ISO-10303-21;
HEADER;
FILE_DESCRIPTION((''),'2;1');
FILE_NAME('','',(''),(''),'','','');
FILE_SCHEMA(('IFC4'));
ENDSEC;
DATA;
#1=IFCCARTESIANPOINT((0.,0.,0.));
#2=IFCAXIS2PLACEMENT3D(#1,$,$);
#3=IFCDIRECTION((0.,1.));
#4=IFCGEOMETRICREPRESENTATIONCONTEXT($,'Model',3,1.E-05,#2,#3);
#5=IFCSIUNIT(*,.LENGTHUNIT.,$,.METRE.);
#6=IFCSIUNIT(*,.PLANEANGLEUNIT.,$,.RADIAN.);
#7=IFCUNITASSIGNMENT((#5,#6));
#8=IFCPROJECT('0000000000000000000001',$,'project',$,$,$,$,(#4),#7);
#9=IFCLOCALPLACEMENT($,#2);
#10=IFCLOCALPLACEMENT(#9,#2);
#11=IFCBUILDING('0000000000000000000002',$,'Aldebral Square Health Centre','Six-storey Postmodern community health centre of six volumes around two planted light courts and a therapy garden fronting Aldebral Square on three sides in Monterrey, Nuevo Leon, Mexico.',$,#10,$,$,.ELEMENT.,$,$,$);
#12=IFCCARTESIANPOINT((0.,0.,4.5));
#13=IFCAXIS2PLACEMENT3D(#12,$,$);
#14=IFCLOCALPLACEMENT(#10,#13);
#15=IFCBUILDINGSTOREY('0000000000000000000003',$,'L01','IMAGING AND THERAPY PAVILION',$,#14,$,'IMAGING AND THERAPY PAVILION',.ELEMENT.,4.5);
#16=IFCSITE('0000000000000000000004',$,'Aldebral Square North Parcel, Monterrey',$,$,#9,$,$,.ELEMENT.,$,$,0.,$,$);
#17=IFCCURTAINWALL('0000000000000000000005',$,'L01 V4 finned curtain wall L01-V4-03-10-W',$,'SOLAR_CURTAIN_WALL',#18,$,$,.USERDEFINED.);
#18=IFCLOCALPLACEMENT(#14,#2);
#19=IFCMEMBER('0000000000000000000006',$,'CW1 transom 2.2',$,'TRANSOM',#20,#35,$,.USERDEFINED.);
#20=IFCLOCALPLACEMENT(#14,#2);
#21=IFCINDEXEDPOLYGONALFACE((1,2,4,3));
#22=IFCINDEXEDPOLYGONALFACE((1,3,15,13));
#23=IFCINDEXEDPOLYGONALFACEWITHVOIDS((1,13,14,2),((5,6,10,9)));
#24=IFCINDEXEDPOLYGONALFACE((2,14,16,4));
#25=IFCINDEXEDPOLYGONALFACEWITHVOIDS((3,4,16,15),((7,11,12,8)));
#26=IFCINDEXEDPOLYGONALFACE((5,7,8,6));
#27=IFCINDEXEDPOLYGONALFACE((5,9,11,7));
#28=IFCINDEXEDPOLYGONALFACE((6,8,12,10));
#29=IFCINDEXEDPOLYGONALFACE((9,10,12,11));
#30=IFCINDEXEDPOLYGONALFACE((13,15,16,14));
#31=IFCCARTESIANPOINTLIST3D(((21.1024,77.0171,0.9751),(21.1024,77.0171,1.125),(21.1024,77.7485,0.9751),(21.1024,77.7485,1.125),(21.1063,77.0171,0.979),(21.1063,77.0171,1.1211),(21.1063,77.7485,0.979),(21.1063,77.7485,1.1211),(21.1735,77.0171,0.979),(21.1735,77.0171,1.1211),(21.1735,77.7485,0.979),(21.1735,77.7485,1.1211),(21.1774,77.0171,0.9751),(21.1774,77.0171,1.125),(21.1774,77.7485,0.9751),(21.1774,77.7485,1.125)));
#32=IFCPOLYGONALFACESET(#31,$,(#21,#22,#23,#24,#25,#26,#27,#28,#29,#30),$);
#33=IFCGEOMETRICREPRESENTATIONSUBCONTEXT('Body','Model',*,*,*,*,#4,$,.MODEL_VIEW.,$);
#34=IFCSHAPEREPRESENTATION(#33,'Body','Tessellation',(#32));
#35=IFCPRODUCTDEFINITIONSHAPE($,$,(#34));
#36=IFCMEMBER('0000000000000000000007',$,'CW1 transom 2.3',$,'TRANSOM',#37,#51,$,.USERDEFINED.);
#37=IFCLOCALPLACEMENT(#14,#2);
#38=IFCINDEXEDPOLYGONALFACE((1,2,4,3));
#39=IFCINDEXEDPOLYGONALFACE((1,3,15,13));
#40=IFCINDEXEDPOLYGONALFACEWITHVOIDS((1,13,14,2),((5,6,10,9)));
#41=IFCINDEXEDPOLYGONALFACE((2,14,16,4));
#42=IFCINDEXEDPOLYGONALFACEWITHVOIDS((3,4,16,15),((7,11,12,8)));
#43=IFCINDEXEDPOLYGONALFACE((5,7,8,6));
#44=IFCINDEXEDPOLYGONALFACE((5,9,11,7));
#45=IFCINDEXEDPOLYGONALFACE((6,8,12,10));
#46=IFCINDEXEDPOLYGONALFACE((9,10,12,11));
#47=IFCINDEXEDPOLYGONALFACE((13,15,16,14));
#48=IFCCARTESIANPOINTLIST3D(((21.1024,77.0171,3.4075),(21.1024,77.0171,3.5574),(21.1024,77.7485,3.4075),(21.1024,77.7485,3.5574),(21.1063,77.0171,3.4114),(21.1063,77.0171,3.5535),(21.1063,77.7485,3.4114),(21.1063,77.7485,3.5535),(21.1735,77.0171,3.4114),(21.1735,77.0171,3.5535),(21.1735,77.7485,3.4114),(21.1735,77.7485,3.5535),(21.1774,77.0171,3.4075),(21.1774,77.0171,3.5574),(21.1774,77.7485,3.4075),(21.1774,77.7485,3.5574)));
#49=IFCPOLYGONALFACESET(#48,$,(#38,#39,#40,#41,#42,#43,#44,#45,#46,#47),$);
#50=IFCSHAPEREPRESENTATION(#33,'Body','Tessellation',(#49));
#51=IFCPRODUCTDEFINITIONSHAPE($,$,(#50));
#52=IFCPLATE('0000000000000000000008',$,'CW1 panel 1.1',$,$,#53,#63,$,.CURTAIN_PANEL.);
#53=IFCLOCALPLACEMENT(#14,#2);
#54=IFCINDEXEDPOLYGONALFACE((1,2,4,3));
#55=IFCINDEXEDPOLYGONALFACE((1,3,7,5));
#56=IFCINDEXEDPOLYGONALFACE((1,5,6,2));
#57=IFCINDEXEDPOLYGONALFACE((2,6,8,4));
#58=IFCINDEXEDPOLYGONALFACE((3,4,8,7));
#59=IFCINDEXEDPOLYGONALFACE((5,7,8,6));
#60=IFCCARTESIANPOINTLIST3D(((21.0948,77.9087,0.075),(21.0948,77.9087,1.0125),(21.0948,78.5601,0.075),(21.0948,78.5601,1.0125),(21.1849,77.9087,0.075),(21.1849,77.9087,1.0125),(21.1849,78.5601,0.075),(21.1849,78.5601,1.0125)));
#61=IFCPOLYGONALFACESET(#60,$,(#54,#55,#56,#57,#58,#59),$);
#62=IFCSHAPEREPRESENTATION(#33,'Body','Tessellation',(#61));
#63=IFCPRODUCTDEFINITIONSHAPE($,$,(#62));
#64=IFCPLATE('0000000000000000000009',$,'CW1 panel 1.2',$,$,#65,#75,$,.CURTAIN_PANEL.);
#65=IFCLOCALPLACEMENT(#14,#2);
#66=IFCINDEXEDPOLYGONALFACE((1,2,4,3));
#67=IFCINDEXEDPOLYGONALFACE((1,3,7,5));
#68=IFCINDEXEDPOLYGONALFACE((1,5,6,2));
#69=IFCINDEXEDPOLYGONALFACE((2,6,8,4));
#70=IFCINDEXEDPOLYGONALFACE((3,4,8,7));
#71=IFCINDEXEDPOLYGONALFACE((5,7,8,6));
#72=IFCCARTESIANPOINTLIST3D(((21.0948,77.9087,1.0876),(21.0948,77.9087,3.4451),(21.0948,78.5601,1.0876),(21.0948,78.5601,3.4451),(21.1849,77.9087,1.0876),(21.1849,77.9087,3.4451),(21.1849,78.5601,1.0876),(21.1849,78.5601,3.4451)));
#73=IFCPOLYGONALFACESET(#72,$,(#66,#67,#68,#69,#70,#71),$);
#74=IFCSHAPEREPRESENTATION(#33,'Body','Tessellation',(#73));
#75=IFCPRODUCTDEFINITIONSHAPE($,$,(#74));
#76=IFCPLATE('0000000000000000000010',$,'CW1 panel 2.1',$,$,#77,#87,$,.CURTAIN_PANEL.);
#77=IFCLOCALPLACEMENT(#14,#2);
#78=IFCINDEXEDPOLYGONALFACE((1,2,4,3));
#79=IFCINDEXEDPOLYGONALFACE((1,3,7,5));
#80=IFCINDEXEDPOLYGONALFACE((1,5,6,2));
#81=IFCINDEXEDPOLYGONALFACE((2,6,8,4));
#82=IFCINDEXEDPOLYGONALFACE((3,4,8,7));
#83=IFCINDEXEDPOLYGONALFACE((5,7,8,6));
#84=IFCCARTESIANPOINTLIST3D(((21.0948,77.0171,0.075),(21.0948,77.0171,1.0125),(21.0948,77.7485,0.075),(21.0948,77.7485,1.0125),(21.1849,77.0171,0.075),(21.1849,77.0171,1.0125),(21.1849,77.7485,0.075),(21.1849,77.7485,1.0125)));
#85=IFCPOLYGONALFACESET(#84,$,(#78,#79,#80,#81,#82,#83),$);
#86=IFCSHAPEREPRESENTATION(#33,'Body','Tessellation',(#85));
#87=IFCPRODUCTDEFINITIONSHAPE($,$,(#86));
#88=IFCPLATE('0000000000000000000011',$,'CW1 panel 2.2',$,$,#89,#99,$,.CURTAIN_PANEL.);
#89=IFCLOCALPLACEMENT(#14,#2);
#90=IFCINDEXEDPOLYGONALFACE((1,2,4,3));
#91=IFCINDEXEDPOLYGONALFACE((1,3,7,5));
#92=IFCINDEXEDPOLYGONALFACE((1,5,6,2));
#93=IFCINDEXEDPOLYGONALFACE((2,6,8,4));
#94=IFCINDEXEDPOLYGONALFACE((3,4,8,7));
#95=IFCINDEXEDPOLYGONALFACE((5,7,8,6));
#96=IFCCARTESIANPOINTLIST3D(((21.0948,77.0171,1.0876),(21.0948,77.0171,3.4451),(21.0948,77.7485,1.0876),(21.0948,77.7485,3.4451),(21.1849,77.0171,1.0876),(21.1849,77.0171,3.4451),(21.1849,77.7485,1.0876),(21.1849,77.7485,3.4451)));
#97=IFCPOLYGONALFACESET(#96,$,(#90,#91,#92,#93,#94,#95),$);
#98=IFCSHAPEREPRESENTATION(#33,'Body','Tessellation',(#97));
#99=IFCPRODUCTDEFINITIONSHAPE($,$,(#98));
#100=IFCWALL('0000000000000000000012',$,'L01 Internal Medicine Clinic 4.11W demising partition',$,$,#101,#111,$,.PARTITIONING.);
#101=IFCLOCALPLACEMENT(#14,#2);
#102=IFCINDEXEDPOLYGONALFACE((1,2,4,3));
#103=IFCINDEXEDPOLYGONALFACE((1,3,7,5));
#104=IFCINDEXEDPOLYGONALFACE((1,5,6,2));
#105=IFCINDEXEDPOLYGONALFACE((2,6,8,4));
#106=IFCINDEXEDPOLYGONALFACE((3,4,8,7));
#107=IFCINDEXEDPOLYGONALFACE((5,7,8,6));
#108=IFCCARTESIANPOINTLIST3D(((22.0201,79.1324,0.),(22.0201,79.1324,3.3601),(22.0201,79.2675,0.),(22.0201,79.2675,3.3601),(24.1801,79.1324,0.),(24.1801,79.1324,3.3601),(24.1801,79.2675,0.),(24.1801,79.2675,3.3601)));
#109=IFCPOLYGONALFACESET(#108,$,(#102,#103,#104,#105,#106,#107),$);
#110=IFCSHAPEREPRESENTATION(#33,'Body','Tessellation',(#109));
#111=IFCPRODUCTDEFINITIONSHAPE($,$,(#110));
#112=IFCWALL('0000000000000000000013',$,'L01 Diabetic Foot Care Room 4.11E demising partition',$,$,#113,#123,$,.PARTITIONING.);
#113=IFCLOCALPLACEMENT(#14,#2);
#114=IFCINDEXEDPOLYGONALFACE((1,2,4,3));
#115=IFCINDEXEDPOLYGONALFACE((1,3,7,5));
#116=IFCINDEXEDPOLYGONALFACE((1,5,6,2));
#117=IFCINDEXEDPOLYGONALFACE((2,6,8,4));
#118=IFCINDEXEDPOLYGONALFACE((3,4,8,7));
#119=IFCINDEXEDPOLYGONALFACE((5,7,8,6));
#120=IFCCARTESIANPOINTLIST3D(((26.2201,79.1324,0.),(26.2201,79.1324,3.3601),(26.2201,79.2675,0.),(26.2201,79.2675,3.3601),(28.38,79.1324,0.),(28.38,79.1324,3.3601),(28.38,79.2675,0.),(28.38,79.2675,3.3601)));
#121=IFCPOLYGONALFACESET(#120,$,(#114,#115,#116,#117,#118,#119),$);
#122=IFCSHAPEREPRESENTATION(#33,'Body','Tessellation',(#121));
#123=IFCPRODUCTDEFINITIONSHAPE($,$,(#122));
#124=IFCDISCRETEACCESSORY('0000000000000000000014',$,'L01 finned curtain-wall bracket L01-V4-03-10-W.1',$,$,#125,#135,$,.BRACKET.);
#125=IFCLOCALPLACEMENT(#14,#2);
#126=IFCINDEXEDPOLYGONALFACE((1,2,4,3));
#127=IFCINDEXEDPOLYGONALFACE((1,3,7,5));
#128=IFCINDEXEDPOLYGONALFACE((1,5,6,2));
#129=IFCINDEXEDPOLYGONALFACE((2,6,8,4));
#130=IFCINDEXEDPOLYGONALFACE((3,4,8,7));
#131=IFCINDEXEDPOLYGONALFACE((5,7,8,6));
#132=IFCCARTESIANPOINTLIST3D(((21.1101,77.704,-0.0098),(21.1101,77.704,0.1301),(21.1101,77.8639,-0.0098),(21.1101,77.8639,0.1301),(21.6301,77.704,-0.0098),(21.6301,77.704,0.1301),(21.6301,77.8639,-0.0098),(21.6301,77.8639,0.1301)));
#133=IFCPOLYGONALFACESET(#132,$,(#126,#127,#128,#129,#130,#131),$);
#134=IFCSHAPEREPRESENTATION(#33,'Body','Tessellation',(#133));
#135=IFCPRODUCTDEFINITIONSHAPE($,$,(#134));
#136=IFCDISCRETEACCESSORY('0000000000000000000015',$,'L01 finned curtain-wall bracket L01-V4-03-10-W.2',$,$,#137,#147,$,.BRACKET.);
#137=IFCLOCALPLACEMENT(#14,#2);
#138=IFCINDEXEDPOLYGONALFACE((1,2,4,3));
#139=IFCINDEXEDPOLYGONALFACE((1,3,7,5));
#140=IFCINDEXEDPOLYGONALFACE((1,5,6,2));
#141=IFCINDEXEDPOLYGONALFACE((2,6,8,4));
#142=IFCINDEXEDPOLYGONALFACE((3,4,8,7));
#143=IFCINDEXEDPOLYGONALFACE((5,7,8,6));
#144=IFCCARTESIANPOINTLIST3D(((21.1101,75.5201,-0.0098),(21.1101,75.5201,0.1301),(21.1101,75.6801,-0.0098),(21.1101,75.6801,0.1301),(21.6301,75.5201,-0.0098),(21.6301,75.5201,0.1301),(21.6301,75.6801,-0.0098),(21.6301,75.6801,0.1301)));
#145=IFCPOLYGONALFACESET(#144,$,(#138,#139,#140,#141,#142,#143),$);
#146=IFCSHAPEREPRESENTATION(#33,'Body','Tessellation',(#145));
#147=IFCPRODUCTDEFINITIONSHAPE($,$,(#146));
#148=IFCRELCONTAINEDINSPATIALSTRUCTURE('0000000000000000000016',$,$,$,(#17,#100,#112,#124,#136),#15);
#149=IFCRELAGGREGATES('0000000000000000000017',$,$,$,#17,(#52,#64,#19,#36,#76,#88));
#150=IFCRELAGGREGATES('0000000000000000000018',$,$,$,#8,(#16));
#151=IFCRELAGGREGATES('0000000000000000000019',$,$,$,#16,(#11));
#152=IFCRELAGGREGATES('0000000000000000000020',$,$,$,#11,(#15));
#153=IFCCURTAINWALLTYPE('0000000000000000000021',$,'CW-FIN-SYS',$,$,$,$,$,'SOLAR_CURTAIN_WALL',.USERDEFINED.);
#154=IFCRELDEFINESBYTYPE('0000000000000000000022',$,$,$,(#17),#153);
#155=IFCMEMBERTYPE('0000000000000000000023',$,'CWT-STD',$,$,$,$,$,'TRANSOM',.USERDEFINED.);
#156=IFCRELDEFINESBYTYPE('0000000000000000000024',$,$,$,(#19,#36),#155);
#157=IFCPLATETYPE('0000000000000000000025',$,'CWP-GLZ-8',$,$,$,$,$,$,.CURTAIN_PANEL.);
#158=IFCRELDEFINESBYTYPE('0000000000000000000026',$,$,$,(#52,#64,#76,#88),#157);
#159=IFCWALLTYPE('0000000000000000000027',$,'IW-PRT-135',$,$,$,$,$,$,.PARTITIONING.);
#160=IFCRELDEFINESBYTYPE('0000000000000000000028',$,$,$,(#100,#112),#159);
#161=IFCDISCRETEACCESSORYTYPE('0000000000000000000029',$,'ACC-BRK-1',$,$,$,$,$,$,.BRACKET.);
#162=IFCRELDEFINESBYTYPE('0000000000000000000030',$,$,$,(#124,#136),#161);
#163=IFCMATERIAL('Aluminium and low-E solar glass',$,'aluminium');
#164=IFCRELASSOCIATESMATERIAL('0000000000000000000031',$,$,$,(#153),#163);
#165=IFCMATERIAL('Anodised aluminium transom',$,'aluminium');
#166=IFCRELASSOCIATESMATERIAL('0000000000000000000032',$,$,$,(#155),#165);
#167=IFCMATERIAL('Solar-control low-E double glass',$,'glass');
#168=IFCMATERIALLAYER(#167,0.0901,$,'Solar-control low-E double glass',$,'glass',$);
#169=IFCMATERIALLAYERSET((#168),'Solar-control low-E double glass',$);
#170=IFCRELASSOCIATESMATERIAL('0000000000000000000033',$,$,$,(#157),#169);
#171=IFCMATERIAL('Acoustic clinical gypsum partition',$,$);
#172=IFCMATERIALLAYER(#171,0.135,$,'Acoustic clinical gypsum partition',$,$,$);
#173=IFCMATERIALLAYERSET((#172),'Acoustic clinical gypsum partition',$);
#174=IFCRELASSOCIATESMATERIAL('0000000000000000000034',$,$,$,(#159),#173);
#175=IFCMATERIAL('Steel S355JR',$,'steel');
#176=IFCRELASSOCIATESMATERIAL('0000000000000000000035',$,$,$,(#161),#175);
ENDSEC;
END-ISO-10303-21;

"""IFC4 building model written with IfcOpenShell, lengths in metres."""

from ifc_helpers import new_model, si_unit, direction, frame, frame_2d, origin, origin_2d, place, context, subcontext, project, spatial, rectangle, hollow_rectangle, extrude, material, layer, layer_set, material_profile, profile_set, type_object, element, aggregate, save


model = new_model("IFC4")

# Units and contexts
model_context = context("Model", 3, precision=1e-05, world=origin(), true_north=direction((0.0, 1.0)))
body_context = subcontext(model_context, "Body", "Model", "MODEL_VIEW")
ifc_project = project(units=[si_unit("LENGTHUNIT", "METRE"), si_unit("PLANEANGLEUNIT", "RADIAN")], contexts=[model_context])

# Site, building, storey
site_placement = place(None, origin())
site = spatial("IfcSite", under=ifc_project, at=site_placement, Name="Aldebral Square North Parcel, Monterrey", CompositionType="ELEMENT", RefElevation=0.0)
building_placement = place(site_placement, origin())
building = spatial("IfcBuilding", under=site, at=building_placement, Name="Aldebral Square Health Centre", Description="Six-storey Postmodern community health centre of six volumes around two planted light courts and a therapy garden fronting Aldebral Square on three sides in Monterrey, Nuevo Leon, Mexico.", CompositionType="ELEMENT")
storey_placement = place(building_placement, frame((0.0, 0.0, 4.5)))
storey = spatial("IfcBuildingStorey", under=building, at=storey_placement, Name="L01", Description="IMAGING AND THERAPY PAVILION", LongName="IMAGING AND THERAPY PAVILION", CompositionType="ELEMENT", Elevation=4.5)

# Curtain wall, members, plates
ifc_material_1 = material(Name="Aluminium and low-E solar glass", Category="aluminium")
curtain_wall_type = type_object("IfcCurtainWallType", Name="CW-FIN-SYS", ElementType="SOLAR_CURTAIN_WALL", PredefinedType="USERDEFINED", material=ifc_material_1)
curtain_wall_placement = place(storey_placement, origin())
curtain_wall = element("IfcCurtainWall", 1, at=curtain_wall_placement, inside=storey, type_object=curtain_wall_type, Name="L01 V4 finned curtain wall L01-V4-03-10-W", ObjectType="SOLAR_CURTAIN_WALL", PredefinedType="USERDEFINED")
ifc_material_2 = material(Name="Anodised aluminium transom", Category="aluminium")
ifc_material_profile_1 = material_profile(ifc_material_2, hollow_rectangle(XDim=0.075, YDim=0.1499, WallThickness=0.0039, at=origin_2d()), Name="CWT 75x150x4")
ifc_profile_set_1 = profile_set([ifc_material_profile_1], Name="Anodised aluminium transom")
member_type_1 = type_object("IfcMemberType", Name="CWT-STD", ElementType="TRANSOM", PredefinedType="USERDEFINED", material=ifc_profile_set_1)
member_1_placement = place(storey_placement, frame((21.1399, 77.7485, 1.05), z_axis=(0.0, -1.0, 0.0), x_axis=(1.0, 0.0, 0.0)))
member_1 = element("IfcMember", 2, at=member_1_placement, type_object=member_type_1, Name="CW1 transom 2.2", ObjectType="TRANSOM", PredefinedType="USERDEFINED", context=body_context, shape_type="SweptSolid", body=[
    extrude(hollow_rectangle(XDim=0.075, YDim=0.1499, WallThickness=0.0039, at=origin_2d()), origin(), (0.0, 0.0, 1.0), 0.7314),
])
member_2_placement = place(storey_placement, frame((21.1399, 77.7485, 3.4824), z_axis=(0.0, -1.0, 0.0), x_axis=(1.0, 0.0, 0.0)))
member_2 = element("IfcMember", 3, at=member_2_placement, type_object=member_type_1, Name="CW1 transom 2.3", ObjectType="TRANSOM", PredefinedType="USERDEFINED", context=body_context, shape_type="SweptSolid", body=[
    extrude(hollow_rectangle(XDim=0.075, YDim=0.1499, WallThickness=0.0039, at=origin_2d()), origin(), (0.0, 0.0, 1.0), 0.7314),
])
ifc_material_3 = material(Name="Solar-control low-E double glass", Category="glass")
ifc_layer_1 = layer(ifc_material_3, 0.0901, Name="Solar-control low-E double glass", Category="glass")
ifc_layer_set_1 = layer_set([ifc_layer_1], Name="Solar-control low-E double glass")
plate_type = type_object("IfcPlateType", Name="CWP-GLZ-8", PredefinedType="CURTAIN_PANEL", material=ifc_layer_set_1)
plate_1_placement = place(storey_placement, frame((21.1399, 78.2344, 0.075), z_axis=(0.0, 0.0, 1.0), x_axis=(0.0, -1.0, 0.0)))
plate_1 = element("IfcPlate", 4, at=plate_1_placement, type_object=plate_type, Name="CW1 panel 1.1", PredefinedType="CURTAIN_PANEL", context=body_context, shape_type="SweptSolid", body=[
    extrude(rectangle(XDim=0.6514, YDim=0.0901, at=origin_2d()), origin(), (0.0, 0.0, 1.0), 0.9375),
])
plate_2_placement = place(storey_placement, frame((21.1399, 78.2344, 1.0876), z_axis=(0.0, 0.0, 1.0), x_axis=(0.0, -1.0, 0.0)))
plate_2 = element("IfcPlate", 5, at=plate_2_placement, type_object=plate_type, Name="CW1 panel 1.2", PredefinedType="CURTAIN_PANEL", context=body_context, shape_type="SweptSolid", body=[
    extrude(rectangle(XDim=0.6514, YDim=0.0901, at=origin_2d()), origin(), (0.0, 0.0, 1.0), 2.3574),
])
plate_3_placement = place(storey_placement, frame((21.1399, 77.3828, 0.075), z_axis=(0.0, 0.0, 1.0), x_axis=(0.0, -1.0, 0.0)))
plate_3 = element("IfcPlate", 6, at=plate_3_placement, type_object=plate_type, Name="CW1 panel 2.1", PredefinedType="CURTAIN_PANEL", context=body_context, shape_type="SweptSolid", body=[
    extrude(rectangle(XDim=0.7314, YDim=0.0901, at=origin_2d()), origin(), (0.0, 0.0, 1.0), 0.9375),
])
plate_4_placement = place(storey_placement, frame((21.1399, 77.3828, 1.0876), z_axis=(0.0, 0.0, 1.0), x_axis=(0.0, -1.0, 0.0)))
plate_4 = element("IfcPlate", 7, at=plate_4_placement, type_object=plate_type, Name="CW1 panel 2.2", PredefinedType="CURTAIN_PANEL", context=body_context, shape_type="SweptSolid", body=[
    extrude(rectangle(XDim=0.7314, YDim=0.0901, at=origin_2d()), origin(), (0.0, 0.0, 1.0), 2.3574),
])
aggregate(curtain_wall, [plate_1, plate_2, member_1, member_2, plate_3, plate_4])

# Walls
ifc_material_4 = material(Name="Acoustic clinical gypsum partition")
ifc_layer_2 = layer(ifc_material_4, 0.135, Name="Acoustic clinical gypsum partition")
ifc_layer_set_2 = layer_set([ifc_layer_2], Name="Acoustic clinical gypsum partition")
wall_type = type_object("IfcWallType", Name="IW-PRT-135", PredefinedType="PARTITIONING", material=ifc_layer_set_2)
for number, where, z_axis, x_axis, name in (
    (8, (22.02, 79.2, 0.0), (0.0, 0.0, 1.0), (1.0, 0.0, 0.0), "L01 Internal Medicine Clinic 4.11W demising partition"),
    (9, (26.22, 79.2, 0.0), (0.0, 0.0, 1.0), (1.0, 0.0, 0.0), "L01 Diabetic Foot Care Room 4.11E demising partition"),
):
    element("IfcWall", number, at=place(storey_placement, frame(where, z_axis=z_axis, x_axis=x_axis)), inside=storey, type_object=wall_type, Name=name, PredefinedType="PARTITIONING", context=body_context, shape_type="SweptSolid", body=[
        extrude(rectangle(XDim=2.1599, YDim=0.135, at=frame_2d((1.0801, 0.0))), origin(), (0.0, 0.0, 1.0), 3.3601),
    ])

# Discrete accessories
ifc_material_5 = material(Name="Steel S355JR", Category="steel")
discrete_accessory_type = type_object("IfcDiscreteAccessoryType", Name="ACC-BRK-1", PredefinedType="BRACKET", material=ifc_material_5)
for number, where, z_axis, x_axis, name in (
    (10, (21.3701, 77.7839, -0.0098), (0.0, 0.0, 1.0), (0.0, 1.0, 0.0), "L01 finned curtain-wall bracket L01-V4-03-10-W.1"),
    (11, (21.3701, 75.6001, -0.0098), (0.0, 0.0, 1.0), (0.0, 1.0, 0.0), "L01 finned curtain-wall bracket L01-V4-03-10-W.2"),
):
    element("IfcDiscreteAccessory", number, at=place(storey_placement, frame(where, z_axis=z_axis, x_axis=x_axis)), inside=storey, type_object=discrete_accessory_type, Name=name, PredefinedType="BRACKET", context=body_context, shape_type="SweptSolid", body=[
        extrude(rectangle(XDim=0.1599, YDim=0.52, at=origin_2d()), origin(), (0.0, 0.0, 1.0), 0.1399),
    ])

save(model, "model.ifc")
